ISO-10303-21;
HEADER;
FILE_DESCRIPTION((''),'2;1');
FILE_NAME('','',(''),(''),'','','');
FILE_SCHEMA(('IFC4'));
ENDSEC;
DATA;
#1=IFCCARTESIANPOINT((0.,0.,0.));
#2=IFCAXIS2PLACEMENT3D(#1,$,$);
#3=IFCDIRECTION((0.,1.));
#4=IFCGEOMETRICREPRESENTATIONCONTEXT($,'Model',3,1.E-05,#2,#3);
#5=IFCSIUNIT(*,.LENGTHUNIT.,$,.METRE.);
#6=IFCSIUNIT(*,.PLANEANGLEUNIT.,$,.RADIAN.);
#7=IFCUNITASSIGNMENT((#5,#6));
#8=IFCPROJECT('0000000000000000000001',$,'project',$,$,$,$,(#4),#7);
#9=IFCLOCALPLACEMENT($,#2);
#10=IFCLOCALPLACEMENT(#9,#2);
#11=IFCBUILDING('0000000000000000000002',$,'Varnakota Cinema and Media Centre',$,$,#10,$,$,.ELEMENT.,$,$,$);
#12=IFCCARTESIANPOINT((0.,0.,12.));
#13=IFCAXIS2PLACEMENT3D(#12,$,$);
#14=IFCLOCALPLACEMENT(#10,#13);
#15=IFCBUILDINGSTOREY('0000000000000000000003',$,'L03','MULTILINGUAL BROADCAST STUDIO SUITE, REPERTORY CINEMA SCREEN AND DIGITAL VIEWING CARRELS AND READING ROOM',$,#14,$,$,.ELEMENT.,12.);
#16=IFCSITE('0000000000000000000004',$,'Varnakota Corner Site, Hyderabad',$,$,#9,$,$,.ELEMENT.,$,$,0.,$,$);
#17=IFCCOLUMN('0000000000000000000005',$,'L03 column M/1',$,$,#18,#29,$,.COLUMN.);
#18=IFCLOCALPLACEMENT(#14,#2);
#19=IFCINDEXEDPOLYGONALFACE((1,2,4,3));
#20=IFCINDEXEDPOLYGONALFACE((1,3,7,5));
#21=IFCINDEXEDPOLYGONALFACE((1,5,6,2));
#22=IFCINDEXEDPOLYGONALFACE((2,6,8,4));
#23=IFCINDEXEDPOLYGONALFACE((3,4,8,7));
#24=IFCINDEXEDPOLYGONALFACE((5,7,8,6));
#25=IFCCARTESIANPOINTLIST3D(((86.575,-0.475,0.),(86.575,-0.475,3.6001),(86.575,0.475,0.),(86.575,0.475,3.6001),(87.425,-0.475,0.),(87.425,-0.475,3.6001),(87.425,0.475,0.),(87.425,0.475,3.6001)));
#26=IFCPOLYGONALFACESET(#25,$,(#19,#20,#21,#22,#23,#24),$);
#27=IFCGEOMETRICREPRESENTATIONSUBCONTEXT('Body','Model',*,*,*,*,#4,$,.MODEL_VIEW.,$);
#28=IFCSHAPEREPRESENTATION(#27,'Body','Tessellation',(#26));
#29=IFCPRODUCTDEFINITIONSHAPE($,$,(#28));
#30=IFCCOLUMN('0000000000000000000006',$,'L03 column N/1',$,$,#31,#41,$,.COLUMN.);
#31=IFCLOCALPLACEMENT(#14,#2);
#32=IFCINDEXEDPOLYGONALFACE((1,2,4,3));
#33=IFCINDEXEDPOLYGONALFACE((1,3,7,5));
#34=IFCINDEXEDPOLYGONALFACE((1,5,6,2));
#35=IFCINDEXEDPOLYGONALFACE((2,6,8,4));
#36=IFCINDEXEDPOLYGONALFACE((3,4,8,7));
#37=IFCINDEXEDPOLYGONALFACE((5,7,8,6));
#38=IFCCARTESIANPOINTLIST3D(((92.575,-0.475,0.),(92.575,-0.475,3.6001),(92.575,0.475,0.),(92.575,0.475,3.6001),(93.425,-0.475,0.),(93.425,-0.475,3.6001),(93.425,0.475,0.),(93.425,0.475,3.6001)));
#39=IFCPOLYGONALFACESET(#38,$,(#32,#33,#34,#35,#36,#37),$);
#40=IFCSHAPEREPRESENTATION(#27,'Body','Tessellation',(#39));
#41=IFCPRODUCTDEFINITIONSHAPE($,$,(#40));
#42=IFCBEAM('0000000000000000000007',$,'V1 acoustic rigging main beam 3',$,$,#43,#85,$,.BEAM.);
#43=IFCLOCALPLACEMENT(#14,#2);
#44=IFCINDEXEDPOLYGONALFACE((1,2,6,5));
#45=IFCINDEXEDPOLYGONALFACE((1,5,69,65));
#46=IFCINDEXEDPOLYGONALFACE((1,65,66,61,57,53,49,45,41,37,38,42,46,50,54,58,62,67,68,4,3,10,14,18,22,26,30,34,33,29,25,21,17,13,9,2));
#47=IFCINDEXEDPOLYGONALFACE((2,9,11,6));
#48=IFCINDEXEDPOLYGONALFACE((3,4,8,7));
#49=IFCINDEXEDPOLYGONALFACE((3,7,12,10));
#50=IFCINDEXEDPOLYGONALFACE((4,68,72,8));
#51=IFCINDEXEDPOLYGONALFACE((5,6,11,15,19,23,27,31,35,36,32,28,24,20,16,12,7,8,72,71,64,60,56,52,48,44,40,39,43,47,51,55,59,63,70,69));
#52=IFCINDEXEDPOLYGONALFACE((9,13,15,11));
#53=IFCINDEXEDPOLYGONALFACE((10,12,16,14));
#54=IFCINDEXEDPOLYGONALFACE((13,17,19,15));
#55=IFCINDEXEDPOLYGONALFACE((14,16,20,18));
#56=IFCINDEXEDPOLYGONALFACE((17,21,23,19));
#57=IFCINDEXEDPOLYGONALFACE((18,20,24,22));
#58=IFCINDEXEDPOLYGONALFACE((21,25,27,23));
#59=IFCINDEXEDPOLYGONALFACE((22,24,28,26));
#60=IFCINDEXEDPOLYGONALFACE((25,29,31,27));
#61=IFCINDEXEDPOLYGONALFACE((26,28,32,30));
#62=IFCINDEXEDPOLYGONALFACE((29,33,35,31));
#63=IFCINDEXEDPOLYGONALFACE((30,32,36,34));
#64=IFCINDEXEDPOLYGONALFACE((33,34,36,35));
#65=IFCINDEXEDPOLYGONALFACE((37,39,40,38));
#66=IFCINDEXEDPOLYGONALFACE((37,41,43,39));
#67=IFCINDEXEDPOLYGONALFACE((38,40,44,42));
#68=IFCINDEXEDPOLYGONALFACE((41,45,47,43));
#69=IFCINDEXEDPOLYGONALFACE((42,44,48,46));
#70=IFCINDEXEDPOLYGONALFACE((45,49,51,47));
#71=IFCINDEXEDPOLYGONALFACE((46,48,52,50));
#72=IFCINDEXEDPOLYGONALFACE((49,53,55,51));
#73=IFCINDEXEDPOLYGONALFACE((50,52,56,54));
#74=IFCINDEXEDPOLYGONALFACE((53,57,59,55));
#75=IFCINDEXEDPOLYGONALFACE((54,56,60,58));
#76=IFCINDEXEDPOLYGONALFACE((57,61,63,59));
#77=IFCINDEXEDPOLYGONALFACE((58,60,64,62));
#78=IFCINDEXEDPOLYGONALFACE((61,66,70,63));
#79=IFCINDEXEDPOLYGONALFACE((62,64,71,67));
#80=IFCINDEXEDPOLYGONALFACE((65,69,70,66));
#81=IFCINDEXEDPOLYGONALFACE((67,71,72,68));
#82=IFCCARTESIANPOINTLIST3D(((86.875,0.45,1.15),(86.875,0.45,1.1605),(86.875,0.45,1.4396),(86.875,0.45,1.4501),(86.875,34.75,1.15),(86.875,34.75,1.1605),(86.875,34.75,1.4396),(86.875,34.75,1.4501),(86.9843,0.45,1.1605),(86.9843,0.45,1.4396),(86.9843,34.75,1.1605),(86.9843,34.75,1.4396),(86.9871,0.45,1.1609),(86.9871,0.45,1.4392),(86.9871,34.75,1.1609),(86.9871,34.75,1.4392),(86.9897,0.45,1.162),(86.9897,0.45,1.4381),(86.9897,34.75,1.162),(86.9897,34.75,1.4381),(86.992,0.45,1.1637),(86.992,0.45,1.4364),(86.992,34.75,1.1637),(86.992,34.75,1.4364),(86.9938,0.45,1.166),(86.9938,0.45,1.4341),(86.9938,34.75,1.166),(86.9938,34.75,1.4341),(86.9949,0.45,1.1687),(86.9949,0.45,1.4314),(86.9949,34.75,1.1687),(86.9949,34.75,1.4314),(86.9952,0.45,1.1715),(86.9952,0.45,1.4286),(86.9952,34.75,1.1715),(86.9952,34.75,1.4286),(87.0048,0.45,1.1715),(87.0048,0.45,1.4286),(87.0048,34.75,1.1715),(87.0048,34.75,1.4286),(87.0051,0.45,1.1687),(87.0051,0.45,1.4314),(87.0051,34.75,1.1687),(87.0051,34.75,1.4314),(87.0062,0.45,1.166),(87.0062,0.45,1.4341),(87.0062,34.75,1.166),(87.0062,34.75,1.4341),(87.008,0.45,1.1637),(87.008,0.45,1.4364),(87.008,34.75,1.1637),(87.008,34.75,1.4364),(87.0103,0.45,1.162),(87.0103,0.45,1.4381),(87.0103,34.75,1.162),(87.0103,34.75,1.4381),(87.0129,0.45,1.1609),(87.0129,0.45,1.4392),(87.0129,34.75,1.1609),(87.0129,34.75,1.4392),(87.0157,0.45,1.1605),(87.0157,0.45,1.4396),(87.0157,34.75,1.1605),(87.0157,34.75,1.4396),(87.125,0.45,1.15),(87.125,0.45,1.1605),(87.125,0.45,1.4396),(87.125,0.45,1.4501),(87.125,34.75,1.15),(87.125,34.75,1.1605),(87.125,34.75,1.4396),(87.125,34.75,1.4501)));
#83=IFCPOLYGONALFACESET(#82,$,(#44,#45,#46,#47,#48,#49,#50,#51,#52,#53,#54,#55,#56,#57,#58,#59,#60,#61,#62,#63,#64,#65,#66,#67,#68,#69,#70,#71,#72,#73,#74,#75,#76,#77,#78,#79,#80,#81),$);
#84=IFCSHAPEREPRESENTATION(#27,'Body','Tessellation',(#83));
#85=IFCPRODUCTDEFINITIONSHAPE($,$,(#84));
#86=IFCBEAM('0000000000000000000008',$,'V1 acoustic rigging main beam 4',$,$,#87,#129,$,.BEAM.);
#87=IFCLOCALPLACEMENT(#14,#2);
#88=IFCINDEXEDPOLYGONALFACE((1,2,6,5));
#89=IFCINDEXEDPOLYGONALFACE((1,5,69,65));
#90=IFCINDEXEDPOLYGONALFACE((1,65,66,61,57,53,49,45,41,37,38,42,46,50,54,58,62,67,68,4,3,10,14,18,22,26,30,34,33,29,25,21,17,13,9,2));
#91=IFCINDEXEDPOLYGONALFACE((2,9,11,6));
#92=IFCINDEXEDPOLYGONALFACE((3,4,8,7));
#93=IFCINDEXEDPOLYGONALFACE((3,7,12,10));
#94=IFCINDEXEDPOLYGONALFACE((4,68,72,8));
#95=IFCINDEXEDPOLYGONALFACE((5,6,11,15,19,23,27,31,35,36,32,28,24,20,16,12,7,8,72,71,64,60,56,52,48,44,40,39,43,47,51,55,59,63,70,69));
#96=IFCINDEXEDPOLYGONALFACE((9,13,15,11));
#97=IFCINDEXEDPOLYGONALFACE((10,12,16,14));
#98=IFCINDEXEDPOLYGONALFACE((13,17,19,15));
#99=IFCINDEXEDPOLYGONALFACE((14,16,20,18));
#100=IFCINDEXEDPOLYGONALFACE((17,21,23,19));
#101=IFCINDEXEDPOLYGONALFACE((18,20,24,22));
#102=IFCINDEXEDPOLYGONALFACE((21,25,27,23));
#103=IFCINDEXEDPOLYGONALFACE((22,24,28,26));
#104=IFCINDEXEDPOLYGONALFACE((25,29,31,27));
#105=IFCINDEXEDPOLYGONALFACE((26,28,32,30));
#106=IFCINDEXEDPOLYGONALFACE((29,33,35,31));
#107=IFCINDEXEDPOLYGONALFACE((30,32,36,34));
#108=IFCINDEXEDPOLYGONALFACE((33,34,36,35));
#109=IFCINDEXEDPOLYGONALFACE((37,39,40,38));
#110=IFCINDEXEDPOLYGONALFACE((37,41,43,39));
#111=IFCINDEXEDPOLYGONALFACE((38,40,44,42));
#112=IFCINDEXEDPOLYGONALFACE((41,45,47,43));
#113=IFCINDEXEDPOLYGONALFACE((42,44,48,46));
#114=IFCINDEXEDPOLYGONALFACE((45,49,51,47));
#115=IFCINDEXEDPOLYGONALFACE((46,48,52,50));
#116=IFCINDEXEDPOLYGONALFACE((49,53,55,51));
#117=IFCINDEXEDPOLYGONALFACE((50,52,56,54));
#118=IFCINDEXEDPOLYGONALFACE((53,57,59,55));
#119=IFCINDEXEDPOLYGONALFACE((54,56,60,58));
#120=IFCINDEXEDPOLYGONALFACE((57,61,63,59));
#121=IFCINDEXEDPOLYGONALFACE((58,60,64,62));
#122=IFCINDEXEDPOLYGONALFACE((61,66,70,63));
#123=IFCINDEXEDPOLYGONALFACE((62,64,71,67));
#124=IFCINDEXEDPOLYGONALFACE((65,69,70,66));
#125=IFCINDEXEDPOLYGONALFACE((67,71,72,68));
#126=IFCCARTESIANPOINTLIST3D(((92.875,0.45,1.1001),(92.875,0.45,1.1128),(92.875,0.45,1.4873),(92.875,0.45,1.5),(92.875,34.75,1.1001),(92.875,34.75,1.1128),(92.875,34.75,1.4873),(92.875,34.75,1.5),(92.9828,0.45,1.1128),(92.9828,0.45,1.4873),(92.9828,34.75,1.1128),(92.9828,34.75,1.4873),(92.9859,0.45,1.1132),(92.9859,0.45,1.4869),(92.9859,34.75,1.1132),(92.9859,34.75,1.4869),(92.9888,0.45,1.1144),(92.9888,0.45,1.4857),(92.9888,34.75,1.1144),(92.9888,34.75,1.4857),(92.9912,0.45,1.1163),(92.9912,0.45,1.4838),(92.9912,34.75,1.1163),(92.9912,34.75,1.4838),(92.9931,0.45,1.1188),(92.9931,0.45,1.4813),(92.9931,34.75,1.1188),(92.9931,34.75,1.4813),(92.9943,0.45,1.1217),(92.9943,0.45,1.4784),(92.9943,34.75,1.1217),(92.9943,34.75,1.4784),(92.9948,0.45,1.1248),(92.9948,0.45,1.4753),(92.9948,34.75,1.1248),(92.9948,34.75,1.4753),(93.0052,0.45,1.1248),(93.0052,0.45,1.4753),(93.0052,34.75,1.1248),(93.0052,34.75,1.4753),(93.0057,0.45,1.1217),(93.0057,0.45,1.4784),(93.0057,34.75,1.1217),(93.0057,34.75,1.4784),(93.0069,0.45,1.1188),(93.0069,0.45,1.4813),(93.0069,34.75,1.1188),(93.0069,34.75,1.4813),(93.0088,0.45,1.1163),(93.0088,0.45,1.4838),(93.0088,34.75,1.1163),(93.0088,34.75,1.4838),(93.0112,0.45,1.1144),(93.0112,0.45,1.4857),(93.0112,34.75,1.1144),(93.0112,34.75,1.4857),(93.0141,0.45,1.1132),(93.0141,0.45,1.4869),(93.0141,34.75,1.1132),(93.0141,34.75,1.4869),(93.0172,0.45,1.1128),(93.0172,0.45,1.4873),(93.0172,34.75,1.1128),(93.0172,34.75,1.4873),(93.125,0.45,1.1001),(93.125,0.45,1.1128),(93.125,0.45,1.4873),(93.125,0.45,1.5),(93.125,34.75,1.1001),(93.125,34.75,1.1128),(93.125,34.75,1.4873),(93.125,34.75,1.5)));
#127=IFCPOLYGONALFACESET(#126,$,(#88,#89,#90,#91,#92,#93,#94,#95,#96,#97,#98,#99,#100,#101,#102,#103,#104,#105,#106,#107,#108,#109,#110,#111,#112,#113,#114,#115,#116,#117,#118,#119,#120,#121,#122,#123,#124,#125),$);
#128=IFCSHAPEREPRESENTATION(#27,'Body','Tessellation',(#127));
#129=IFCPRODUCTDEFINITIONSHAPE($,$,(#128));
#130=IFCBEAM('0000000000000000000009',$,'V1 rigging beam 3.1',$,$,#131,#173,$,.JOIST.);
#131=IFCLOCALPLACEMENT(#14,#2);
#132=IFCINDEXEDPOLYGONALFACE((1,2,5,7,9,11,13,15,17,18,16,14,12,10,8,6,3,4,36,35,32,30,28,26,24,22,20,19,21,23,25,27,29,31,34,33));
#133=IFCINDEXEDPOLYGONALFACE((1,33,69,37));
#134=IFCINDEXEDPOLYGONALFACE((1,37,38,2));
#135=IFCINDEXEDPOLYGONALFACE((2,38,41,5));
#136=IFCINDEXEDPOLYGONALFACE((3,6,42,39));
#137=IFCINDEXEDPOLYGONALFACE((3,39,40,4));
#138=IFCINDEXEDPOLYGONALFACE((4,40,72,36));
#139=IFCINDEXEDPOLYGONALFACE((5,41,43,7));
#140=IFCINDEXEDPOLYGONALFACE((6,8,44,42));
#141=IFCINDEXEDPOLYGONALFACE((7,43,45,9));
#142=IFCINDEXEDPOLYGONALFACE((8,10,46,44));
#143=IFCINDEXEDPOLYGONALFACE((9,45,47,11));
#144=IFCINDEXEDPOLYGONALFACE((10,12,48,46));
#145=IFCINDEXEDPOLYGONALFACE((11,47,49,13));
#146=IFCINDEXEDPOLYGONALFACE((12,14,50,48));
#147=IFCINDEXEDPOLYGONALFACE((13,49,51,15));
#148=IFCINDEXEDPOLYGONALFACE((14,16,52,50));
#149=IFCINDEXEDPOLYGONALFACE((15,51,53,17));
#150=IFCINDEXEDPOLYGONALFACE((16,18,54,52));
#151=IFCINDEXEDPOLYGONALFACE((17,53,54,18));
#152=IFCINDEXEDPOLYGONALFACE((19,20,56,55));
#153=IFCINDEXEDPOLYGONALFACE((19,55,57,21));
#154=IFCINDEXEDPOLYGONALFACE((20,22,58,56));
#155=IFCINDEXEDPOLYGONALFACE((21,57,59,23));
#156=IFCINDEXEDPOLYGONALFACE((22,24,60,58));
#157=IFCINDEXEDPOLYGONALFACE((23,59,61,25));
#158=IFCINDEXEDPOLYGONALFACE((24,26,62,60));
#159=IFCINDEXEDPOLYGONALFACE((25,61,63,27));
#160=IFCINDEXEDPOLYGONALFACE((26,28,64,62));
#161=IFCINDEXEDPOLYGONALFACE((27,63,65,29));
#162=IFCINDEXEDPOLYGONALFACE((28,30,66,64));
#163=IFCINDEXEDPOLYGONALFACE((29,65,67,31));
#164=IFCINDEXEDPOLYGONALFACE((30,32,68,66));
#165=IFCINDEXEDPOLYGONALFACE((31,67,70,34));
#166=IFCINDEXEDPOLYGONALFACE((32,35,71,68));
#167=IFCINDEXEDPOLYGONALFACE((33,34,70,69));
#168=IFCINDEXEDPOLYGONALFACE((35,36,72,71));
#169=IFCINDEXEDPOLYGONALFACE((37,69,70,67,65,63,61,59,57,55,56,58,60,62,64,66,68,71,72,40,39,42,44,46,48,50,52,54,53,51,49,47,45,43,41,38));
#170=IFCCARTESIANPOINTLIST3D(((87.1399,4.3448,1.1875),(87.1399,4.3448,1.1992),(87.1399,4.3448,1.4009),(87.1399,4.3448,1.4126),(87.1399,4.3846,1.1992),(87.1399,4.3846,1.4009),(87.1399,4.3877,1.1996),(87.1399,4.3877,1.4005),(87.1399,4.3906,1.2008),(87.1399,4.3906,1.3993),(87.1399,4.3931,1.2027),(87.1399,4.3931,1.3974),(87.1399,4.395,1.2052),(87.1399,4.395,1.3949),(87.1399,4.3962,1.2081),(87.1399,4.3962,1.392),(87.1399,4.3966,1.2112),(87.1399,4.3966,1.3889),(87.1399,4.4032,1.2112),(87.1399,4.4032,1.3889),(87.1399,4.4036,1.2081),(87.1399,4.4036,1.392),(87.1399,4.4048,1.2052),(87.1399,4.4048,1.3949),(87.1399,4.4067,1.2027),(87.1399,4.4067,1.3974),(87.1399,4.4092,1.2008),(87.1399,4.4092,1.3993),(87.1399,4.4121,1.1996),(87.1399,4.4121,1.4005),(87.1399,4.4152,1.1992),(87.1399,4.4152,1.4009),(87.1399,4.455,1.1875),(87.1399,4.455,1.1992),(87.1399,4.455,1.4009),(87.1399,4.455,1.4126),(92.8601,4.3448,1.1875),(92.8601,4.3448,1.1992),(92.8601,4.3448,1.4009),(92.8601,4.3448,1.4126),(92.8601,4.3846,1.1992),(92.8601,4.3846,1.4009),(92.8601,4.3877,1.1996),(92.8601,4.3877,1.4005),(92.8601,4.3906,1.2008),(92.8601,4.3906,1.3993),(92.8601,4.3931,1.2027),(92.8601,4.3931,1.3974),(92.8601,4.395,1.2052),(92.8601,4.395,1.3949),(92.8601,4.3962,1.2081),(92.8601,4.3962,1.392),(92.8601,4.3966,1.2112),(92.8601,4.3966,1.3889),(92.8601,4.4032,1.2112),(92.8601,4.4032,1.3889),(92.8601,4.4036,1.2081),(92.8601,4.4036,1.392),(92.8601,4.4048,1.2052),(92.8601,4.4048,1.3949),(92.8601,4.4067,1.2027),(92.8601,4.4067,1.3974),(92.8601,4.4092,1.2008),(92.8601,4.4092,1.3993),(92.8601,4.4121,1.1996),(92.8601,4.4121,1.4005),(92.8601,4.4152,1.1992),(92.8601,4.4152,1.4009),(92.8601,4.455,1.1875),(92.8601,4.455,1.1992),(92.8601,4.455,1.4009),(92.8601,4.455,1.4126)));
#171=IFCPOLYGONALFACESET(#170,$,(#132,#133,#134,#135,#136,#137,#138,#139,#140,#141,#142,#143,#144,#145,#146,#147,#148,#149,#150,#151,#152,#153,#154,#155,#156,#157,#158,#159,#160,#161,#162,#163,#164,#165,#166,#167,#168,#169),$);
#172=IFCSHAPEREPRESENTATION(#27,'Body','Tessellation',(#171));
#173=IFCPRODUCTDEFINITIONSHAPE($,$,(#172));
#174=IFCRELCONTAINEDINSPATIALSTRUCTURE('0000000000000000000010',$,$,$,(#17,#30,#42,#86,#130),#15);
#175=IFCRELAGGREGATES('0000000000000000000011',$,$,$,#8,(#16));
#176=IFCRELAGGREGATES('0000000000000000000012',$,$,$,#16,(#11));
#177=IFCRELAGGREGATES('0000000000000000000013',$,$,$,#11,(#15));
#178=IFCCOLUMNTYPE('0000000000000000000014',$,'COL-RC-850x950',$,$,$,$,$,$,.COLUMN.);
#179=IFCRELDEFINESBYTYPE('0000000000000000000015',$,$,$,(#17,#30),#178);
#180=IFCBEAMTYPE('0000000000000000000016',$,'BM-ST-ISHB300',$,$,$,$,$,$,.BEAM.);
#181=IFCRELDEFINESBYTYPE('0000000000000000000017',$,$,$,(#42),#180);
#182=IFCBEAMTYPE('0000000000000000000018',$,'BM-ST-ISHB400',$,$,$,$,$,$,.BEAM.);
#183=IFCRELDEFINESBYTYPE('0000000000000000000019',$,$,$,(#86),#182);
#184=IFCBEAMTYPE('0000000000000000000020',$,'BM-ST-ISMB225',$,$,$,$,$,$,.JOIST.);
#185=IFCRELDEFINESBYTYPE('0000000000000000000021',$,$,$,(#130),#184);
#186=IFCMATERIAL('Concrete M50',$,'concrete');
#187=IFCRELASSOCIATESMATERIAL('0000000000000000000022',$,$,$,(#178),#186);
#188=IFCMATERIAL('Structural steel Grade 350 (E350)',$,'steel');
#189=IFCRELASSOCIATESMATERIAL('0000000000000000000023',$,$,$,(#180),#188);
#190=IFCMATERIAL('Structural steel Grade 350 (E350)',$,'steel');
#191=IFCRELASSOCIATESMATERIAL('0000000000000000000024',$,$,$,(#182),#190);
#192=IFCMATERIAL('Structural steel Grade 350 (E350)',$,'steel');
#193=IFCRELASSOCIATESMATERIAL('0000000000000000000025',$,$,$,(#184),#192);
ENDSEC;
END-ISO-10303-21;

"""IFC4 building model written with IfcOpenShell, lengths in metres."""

from ifc_helpers import new_model, si_unit, direction, frame, origin, origin_2d, place, context, subcontext, project, spatial, rectangle, i_section, extrude, material, material_profile, profile_set, type_object, element, save


model = new_model("IFC4")

# Units and contexts
model_context = context("Model", 3, precision=1e-05, world=origin(), true_north=direction((0.0, 1.0)))
body_context = subcontext(model_context, "Body", "Model", "MODEL_VIEW")
ifc_project = project(units=[si_unit("LENGTHUNIT", "METRE"), si_unit("PLANEANGLEUNIT", "RADIAN")], contexts=[model_context])

# Site, building, storey
site_placement = place(None, origin())
site = spatial("IfcSite", under=ifc_project, at=site_placement, Name="Varnakota Corner Site, Hyderabad", CompositionType="ELEMENT", RefElevation=0.0)
building_placement = place(site_placement, origin())
building = spatial("IfcBuilding", under=site, at=building_placement, Name="Varnakota Cinema and Media Centre", CompositionType="ELEMENT")
storey_placement = place(building_placement, frame((0.0, 0.0, 12.0)))
storey = spatial("IfcBuildingStorey", under=building, at=storey_placement, Name="L03", Description="MULTILINGUAL BROADCAST STUDIO SUITE, REPERTORY CINEMA SCREEN AND DIGITAL VIEWING CARRELS AND READING ROOM", CompositionType="ELEMENT", Elevation=12.0)

# Columns
ifc_material_1 = material(Name="Concrete M50", Category="concrete")
ifc_material_profile_1 = material_profile(ifc_material_1, rectangle(XDim=0.8501, YDim=0.95, at=origin_2d()), Name="RC 850x950")
ifc_profile_set_1 = profile_set([ifc_material_profile_1], Name="Concrete M50")
column_type = type_object("IfcColumnType", Name="COL-RC-850x950", PredefinedType="COLUMN", material=ifc_profile_set_1)
for number, where, z_axis, x_axis, name in (
    (1, (87.0, 0.0, 0.0), (0.0, 0.0, 1.0), (1.0, 0.0, 0.0), "L03 column M/1"),
    (2, (93.0, 0.0, 0.0), (0.0, 0.0, 1.0), (1.0, 0.0, 0.0), "L03 column N/1"),
):
    element("IfcColumn", number, at=place(storey_placement, frame(where, z_axis=z_axis, x_axis=x_axis)), inside=storey, type_object=column_type, Name=name, PredefinedType="COLUMN", context=body_context, shape_type="SweptSolid", body=[
        extrude(rectangle(XDim=0.8501, YDim=0.95, at=origin_2d()), origin(), (0.0, 0.0, 1.0), 3.6001),
    ])

# Beams
ifc_material_2 = material(Name="Structural steel Grade 350 (E350)", Category="steel")
ifc_material_profile_2 = material_profile(ifc_material_2, i_section(OverallWidth=0.25, OverallDepth=0.3, WebThickness=0.0095, FlangeThickness=0.0105, FilletRadius=0.011, at=origin_2d()), Name="ISHB 300")
ifc_profile_set_2 = profile_set([ifc_material_profile_2], Name="Structural steel Grade 350 (E350)")
beam_type_1 = type_object("IfcBeamType", Name="BM-ST-ISHB300", PredefinedType="BEAM", material=ifc_profile_set_2)
beam_1_placement = place(storey_placement, frame((87.0, 0.45, 1.3), z_axis=(0.0, 1.0, 0.0), x_axis=(-1.0, 0.0, 0.0)))
element("IfcBeam", 3, at=beam_1_placement, inside=storey, type_object=beam_type_1, Name="V1 acoustic rigging main beam 3", PredefinedType="BEAM", context=body_context, shape_type="SweptSolid", body=[
    extrude(i_section(OverallWidth=0.25, OverallDepth=0.3, WebThickness=0.0095, FlangeThickness=0.0105, FilletRadius=0.011, at=origin_2d()), origin(), (0.0, 0.0, 1.0), 34.3),
])
ifc_material_3 = material(Name="Structural steel Grade 350 (E350)", Category="steel")
ifc_material_profile_3 = material_profile(ifc_material_3, i_section(OverallWidth=0.25, OverallDepth=0.3999, WebThickness=0.0105, FlangeThickness=0.0127, FilletRadius=0.012, at=origin_2d()), Name="ISHB 400")
ifc_profile_set_3 = profile_set([ifc_material_profile_3], Name="Structural steel Grade 350 (E350)")
beam_type_2 = type_object("IfcBeamType", Name="BM-ST-ISHB400", PredefinedType="BEAM", material=ifc_profile_set_3)
beam_2_placement = place(storey_placement, frame((93.0, 0.45, 1.3), z_axis=(0.0, 1.0, 0.0), x_axis=(-1.0, 0.0, 0.0)))
element("IfcBeam", 4, at=beam_2_placement, inside=storey, type_object=beam_type_2, Name="V1 acoustic rigging main beam 4", PredefinedType="BEAM", context=body_context, shape_type="SweptSolid", body=[
    extrude(i_section(OverallWidth=0.25, OverallDepth=0.3999, WebThickness=0.0105, FlangeThickness=0.0127, FilletRadius=0.012, at=origin_2d()), origin(), (0.0, 0.0, 1.0), 34.3),
])
ifc_material_4 = material(Name="Structural steel Grade 350 (E350)", Category="steel")
ifc_material_profile_4 = material_profile(ifc_material_4, i_section(OverallWidth=0.1101, OverallDepth=0.2251, WebThickness=0.0066, FlangeThickness=0.0117, FilletRadius=0.012, at=origin_2d()), Name="ISMB 225")
ifc_profile_set_4 = profile_set([ifc_material_profile_4], Name="Structural steel Grade 350 (E350)")
beam_type_3 = type_object("IfcBeamType", Name="BM-ST-ISMB225", PredefinedType="JOIST", material=ifc_profile_set_4)
beam_3_placement = place(storey_placement, frame((87.1399, 4.3999, 1.3), z_axis=(1.0, 0.0, 0.0), x_axis=(0.0, 1.0, 0.0)))
element("IfcBeam", 5, at=beam_3_placement, inside=storey, type_object=beam_type_3, Name="V1 rigging beam 3.1", PredefinedType="JOIST", context=body_context, shape_type="SweptSolid", body=[
    extrude(i_section(OverallWidth=0.1101, OverallDepth=0.2251, WebThickness=0.0066, FlangeThickness=0.0117, FilletRadius=0.012, at=origin_2d()), origin(), (0.0, 0.0, 1.0), 5.7202),
])

save(model, "model.ifc")
